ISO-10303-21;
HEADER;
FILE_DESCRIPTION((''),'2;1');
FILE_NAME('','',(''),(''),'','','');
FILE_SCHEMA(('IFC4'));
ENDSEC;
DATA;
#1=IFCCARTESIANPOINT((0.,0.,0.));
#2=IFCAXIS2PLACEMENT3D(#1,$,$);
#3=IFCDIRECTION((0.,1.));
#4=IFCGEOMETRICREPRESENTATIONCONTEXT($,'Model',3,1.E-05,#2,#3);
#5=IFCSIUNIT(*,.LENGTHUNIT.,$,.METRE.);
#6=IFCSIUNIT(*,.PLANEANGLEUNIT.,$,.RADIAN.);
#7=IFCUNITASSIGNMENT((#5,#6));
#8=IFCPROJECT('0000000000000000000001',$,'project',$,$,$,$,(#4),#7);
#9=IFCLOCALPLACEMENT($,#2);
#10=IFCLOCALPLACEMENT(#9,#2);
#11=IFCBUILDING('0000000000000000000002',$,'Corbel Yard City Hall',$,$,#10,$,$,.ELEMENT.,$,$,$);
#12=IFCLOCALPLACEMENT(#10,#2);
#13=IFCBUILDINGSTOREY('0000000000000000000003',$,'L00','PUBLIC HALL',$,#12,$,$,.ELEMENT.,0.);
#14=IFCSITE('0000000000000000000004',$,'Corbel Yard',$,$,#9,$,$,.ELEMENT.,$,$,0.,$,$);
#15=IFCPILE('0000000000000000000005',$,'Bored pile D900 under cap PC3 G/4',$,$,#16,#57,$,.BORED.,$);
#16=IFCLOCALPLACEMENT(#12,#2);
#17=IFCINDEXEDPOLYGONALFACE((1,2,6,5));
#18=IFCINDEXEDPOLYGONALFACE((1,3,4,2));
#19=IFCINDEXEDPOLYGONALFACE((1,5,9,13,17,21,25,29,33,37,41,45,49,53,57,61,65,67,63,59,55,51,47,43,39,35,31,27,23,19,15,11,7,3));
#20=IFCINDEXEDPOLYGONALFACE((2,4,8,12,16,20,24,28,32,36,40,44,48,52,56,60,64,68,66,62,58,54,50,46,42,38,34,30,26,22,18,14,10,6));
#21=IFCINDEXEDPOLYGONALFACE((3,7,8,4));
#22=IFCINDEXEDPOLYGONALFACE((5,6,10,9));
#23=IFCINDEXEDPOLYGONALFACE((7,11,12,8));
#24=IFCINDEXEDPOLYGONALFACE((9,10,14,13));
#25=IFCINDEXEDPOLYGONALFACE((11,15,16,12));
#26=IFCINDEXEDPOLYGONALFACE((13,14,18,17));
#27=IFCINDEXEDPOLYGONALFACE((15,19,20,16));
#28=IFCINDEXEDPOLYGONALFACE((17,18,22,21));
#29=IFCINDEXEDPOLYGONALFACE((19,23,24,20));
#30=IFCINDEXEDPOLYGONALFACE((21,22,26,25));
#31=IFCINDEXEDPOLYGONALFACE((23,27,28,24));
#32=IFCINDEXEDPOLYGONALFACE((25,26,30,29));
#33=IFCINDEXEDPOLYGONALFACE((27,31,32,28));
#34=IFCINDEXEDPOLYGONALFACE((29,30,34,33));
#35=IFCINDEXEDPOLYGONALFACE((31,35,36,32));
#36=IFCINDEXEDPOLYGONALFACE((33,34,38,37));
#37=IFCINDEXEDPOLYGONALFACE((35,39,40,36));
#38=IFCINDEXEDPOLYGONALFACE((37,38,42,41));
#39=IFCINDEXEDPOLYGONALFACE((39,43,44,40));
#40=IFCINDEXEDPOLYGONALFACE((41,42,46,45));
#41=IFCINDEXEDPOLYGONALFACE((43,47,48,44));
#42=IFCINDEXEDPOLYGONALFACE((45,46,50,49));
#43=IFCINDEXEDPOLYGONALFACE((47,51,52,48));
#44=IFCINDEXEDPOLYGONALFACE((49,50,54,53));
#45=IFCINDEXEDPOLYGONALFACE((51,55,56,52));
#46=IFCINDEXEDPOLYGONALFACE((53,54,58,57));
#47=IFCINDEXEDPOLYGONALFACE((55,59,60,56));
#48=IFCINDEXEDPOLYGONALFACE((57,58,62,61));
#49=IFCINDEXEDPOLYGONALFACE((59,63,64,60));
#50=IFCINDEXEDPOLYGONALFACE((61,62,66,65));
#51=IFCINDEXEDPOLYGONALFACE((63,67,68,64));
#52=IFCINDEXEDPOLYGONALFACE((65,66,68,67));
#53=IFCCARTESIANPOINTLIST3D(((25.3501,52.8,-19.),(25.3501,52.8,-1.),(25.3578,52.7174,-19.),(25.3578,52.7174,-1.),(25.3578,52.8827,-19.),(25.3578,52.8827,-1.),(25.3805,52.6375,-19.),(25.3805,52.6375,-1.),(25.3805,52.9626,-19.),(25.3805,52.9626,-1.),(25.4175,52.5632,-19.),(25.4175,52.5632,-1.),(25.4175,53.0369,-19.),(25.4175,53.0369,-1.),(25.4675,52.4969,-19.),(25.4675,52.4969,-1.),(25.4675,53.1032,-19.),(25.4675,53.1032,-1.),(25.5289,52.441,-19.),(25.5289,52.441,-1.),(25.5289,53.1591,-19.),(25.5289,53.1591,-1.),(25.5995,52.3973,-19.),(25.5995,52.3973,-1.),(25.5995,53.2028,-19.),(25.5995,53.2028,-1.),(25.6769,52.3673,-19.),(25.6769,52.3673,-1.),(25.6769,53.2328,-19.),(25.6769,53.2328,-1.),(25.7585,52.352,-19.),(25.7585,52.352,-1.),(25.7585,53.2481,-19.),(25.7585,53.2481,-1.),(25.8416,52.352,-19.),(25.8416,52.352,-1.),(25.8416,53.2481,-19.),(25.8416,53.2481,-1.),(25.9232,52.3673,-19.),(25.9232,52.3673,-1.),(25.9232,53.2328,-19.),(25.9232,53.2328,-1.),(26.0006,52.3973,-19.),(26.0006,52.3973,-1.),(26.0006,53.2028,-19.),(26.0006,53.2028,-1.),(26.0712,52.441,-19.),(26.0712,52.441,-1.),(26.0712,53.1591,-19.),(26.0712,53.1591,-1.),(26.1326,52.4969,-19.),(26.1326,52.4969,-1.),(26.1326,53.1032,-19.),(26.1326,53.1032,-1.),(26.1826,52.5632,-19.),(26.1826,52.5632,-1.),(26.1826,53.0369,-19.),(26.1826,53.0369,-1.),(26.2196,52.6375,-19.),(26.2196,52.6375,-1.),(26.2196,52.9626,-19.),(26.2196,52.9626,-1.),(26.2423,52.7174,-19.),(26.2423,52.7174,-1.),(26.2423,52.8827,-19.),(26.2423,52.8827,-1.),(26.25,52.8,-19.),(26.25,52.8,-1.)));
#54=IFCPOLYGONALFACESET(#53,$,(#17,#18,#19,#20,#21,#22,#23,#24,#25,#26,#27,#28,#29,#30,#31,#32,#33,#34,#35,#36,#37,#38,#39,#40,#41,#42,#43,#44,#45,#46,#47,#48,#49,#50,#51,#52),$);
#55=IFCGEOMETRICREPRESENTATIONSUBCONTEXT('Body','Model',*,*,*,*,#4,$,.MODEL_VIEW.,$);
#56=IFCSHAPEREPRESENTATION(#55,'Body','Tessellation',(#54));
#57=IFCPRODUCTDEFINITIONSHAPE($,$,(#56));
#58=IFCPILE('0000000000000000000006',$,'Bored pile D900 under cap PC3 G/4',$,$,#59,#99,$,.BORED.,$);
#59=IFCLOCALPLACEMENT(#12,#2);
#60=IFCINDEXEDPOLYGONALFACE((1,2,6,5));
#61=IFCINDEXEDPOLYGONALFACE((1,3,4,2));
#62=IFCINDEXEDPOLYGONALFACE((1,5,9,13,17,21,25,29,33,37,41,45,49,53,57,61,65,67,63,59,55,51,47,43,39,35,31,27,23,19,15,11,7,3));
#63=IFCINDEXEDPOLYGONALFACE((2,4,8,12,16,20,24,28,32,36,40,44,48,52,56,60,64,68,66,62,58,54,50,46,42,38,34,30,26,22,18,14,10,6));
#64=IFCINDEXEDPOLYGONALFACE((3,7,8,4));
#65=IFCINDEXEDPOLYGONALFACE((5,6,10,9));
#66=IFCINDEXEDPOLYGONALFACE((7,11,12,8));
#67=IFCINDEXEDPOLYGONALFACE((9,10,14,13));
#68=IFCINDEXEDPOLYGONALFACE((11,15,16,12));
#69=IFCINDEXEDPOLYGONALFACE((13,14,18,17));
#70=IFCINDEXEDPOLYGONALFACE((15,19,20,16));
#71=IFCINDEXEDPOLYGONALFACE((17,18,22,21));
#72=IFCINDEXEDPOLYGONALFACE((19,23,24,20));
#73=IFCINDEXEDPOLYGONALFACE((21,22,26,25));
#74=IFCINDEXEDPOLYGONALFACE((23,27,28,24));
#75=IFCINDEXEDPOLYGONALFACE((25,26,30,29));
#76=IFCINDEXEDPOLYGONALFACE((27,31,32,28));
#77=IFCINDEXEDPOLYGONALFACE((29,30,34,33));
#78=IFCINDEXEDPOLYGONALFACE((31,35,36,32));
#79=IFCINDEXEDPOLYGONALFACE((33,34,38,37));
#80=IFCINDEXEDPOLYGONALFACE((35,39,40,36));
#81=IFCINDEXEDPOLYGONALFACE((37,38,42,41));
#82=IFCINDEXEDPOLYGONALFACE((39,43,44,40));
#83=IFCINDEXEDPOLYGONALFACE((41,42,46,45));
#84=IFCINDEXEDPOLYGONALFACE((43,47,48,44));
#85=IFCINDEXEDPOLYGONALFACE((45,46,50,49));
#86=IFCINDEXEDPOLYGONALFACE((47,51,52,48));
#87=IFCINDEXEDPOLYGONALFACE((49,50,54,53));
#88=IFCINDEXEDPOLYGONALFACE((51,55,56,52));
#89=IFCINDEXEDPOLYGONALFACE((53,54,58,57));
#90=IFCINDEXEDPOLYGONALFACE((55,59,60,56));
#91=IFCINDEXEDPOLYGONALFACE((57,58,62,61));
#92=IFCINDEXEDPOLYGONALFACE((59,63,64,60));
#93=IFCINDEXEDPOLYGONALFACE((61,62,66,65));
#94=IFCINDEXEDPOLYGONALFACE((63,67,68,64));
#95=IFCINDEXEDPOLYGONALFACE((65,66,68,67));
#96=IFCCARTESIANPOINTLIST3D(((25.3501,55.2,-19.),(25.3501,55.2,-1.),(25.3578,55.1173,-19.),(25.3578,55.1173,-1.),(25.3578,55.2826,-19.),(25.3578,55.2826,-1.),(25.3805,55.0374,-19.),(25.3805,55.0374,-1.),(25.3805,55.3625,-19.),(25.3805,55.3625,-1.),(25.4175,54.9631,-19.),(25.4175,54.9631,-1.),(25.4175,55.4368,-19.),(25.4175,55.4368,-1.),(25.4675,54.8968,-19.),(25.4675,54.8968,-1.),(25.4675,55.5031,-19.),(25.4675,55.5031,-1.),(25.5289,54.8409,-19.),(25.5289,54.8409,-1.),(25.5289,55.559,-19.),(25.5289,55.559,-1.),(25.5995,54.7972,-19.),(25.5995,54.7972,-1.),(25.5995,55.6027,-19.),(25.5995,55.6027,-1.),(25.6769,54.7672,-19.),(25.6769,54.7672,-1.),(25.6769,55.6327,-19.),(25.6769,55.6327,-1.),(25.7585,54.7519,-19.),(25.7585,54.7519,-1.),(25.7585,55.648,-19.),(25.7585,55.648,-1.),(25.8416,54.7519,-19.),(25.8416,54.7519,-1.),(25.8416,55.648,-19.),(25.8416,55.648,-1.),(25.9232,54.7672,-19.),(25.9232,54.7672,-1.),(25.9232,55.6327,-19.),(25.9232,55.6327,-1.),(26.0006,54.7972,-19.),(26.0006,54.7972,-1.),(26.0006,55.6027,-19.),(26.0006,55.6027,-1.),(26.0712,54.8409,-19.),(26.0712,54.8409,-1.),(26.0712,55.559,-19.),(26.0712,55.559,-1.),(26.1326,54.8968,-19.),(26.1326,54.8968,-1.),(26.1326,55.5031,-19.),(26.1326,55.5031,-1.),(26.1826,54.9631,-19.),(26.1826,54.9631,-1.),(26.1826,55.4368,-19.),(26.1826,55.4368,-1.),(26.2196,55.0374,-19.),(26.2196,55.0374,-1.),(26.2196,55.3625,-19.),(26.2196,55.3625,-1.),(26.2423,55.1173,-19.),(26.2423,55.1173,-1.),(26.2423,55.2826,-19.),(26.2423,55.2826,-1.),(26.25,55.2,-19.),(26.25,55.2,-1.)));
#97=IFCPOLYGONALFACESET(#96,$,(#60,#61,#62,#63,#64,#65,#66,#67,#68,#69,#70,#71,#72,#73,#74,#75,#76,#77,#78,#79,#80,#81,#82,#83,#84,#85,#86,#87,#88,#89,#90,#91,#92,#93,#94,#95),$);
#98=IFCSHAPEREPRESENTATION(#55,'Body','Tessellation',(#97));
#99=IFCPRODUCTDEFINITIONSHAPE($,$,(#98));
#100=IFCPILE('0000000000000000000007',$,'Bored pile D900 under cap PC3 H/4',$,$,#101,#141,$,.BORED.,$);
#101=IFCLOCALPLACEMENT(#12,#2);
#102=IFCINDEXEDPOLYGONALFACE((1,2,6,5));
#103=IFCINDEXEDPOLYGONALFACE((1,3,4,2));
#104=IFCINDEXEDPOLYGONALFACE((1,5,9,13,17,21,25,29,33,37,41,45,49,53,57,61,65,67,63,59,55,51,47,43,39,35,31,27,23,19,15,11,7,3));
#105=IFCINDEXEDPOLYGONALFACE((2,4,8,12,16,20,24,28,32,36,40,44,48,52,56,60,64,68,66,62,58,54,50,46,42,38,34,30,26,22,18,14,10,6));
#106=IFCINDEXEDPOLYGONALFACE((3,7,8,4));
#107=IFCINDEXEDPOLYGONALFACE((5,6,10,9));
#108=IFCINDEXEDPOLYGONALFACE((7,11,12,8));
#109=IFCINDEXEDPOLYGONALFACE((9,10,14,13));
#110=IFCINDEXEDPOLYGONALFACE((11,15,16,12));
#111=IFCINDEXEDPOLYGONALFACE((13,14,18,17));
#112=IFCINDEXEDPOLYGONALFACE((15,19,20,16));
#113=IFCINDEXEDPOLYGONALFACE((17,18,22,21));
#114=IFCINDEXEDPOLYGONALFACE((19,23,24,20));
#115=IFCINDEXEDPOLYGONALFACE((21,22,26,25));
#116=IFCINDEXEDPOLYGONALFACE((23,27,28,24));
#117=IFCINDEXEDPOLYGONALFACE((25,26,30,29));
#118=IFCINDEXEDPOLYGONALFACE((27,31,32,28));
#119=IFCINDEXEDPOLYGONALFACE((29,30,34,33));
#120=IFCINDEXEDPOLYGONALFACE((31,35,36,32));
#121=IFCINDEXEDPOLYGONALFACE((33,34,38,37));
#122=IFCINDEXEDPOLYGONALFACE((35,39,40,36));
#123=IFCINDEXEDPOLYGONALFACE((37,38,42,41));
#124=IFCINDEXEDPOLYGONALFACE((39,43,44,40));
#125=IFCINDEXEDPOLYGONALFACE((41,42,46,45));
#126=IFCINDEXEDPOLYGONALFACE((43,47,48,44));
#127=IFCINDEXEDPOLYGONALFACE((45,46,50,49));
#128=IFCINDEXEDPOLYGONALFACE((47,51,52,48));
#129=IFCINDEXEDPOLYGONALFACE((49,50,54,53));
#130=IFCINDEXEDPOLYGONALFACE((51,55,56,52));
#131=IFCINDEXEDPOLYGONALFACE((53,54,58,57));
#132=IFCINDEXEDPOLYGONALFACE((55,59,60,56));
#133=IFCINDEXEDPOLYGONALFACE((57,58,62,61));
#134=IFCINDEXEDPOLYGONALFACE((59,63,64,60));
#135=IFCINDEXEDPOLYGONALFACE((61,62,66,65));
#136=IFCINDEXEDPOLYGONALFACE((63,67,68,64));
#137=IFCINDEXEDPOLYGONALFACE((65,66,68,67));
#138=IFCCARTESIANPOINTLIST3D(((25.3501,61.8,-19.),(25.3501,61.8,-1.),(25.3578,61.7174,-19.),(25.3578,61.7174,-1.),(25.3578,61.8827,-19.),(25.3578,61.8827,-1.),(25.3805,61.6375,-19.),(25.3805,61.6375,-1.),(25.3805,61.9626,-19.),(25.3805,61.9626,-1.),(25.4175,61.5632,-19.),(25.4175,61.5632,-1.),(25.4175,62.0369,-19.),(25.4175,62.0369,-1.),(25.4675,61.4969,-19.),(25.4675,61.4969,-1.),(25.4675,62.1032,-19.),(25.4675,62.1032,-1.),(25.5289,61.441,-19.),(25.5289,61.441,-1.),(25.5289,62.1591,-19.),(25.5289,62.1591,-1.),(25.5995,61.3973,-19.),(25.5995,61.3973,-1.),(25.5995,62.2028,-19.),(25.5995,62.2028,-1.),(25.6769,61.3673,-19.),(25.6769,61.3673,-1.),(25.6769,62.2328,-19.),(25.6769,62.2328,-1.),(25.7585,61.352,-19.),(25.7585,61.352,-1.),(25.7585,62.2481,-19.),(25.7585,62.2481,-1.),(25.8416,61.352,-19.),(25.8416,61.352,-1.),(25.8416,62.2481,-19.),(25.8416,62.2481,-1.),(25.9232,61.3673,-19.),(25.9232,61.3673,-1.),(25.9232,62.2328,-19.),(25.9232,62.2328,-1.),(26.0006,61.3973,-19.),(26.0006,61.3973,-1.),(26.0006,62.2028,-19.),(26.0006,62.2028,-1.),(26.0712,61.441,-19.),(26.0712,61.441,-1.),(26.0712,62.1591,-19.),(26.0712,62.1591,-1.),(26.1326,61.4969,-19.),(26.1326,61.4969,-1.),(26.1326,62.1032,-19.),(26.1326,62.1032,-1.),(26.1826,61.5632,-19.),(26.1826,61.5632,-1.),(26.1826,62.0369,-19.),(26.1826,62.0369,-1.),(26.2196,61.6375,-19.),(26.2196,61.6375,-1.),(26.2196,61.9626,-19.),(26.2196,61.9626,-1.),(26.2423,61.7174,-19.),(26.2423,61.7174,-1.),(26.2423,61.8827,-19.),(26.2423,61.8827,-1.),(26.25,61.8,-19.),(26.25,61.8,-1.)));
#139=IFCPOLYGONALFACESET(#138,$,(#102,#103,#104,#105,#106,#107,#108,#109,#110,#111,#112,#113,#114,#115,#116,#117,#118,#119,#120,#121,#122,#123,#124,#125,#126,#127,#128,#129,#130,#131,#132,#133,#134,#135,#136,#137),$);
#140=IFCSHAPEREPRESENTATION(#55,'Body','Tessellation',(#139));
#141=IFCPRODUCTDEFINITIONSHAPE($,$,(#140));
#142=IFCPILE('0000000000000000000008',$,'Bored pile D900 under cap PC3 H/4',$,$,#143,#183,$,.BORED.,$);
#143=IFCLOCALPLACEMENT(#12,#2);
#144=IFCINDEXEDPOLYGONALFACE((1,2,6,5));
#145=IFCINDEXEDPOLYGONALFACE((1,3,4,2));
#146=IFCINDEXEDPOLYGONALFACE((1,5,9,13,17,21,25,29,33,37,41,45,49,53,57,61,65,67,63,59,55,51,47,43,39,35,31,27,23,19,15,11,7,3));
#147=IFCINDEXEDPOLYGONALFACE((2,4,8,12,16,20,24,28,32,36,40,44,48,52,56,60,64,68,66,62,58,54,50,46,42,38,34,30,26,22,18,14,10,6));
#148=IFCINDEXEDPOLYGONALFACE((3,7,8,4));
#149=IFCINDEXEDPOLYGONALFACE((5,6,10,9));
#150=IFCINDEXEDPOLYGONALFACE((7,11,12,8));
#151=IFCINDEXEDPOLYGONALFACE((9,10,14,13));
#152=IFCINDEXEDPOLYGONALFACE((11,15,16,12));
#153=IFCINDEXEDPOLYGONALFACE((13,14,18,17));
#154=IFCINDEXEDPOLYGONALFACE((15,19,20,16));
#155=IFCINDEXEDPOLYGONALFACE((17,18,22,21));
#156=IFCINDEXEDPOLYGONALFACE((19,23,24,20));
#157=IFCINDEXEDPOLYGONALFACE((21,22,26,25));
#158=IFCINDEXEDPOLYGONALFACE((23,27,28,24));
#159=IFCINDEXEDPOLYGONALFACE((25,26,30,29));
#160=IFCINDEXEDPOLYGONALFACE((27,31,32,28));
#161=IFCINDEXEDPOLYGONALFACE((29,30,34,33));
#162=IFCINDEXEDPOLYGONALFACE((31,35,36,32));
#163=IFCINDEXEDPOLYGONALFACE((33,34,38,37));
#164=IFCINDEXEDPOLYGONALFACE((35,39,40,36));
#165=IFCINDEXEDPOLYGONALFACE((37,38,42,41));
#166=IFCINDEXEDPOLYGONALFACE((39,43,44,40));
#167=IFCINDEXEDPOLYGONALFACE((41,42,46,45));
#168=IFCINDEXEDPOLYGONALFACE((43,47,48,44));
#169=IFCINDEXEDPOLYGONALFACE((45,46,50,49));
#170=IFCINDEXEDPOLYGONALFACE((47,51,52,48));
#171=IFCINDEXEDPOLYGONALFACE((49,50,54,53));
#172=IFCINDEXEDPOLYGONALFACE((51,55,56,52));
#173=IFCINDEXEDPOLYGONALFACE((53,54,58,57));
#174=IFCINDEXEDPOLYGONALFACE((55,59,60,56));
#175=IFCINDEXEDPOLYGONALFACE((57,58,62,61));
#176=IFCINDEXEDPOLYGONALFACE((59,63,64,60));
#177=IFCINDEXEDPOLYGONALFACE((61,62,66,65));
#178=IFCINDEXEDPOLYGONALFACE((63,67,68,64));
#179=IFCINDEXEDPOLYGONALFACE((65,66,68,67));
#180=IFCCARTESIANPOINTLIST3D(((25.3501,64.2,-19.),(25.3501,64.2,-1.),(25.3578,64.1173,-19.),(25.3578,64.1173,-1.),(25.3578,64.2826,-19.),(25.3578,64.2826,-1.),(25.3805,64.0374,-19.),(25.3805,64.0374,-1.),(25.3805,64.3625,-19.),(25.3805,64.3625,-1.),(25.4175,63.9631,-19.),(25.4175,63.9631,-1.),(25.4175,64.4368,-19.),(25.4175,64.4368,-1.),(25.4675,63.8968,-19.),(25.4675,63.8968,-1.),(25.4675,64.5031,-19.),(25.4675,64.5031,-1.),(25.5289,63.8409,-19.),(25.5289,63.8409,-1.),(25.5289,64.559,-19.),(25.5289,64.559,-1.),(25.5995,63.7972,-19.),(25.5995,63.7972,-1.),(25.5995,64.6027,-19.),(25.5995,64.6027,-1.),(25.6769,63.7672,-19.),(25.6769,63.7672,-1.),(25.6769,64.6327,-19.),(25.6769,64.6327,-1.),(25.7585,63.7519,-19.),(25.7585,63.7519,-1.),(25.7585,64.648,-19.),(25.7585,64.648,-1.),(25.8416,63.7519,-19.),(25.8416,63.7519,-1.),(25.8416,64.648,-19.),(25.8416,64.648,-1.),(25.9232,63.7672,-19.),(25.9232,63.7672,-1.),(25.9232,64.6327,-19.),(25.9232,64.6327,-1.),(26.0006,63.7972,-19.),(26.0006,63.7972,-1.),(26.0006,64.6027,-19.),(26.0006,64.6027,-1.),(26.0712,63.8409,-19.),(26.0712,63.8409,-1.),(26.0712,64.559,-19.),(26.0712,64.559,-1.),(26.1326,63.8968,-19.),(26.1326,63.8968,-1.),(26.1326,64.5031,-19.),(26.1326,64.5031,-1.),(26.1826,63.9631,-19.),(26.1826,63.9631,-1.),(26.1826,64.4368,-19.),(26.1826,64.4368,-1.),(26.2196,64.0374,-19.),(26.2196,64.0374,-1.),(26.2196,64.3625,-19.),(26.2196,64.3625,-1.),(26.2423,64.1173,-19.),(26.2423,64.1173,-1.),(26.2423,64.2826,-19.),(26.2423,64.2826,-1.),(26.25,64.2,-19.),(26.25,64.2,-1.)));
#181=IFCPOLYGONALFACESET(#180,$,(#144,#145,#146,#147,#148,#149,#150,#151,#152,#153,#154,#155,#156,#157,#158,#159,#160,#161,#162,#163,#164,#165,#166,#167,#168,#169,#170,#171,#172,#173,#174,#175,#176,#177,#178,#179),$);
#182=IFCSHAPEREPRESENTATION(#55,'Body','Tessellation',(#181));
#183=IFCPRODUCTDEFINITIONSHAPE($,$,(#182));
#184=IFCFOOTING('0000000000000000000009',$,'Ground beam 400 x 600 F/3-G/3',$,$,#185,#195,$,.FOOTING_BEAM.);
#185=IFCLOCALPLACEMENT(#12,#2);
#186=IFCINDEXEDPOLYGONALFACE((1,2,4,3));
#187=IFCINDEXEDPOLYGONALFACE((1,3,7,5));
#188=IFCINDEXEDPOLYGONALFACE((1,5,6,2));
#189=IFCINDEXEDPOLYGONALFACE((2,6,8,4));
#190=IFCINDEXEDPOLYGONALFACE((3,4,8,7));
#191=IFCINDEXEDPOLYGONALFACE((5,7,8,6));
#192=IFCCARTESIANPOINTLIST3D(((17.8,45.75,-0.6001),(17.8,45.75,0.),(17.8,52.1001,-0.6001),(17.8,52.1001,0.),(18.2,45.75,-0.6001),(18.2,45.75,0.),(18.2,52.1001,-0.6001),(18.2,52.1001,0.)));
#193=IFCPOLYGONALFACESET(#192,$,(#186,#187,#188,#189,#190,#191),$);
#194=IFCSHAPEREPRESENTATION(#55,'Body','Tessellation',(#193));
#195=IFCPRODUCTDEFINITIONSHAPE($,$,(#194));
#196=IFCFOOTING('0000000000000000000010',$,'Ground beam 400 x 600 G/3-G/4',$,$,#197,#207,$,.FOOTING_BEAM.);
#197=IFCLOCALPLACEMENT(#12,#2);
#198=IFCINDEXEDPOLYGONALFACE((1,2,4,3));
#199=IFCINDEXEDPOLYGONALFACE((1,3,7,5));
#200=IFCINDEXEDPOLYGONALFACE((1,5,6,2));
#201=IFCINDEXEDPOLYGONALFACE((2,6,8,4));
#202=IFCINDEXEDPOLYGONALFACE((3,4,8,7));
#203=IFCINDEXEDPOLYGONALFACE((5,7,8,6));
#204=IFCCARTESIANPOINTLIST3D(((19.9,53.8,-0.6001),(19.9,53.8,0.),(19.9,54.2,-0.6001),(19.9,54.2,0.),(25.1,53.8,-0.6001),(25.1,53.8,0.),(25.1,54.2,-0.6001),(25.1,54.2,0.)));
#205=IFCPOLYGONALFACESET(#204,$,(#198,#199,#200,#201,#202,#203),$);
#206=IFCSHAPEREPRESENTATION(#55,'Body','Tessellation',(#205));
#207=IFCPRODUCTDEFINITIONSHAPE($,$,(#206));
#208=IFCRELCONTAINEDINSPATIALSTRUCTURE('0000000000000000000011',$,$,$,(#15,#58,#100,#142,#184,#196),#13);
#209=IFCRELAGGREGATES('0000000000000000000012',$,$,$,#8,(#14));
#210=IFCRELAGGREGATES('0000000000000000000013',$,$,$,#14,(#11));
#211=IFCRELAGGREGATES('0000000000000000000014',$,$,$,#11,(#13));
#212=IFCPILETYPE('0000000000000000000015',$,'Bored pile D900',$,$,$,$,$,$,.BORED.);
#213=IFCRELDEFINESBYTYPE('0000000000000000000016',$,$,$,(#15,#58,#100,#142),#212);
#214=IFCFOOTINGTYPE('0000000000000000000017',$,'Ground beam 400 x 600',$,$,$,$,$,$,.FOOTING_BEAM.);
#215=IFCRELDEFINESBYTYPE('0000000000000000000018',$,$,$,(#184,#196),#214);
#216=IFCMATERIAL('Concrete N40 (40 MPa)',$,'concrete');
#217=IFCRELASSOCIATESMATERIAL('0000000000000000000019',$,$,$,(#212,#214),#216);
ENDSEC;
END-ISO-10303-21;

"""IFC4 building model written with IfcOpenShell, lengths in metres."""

from ifc_helpers import new_model, si_unit, direction, frame, origin, origin_2d, place, context, subcontext, project, spatial, rectangle, circle, extrude, material, material_profile, profile_set, type_object, element, save


model = new_model("IFC4")

# Units and contexts
model_context = context("Model", 3, precision=1e-05, world=origin(), true_north=direction((0.0, 1.0)))
body_context = subcontext(model_context, "Body", "Model", "MODEL_VIEW")
ifc_project = project(units=[si_unit("LENGTHUNIT", "METRE"), si_unit("PLANEANGLEUNIT", "RADIAN")], contexts=[model_context])

# Site, building, storey
site_placement = place(None, origin())
site = spatial("IfcSite", under=ifc_project, at=site_placement, Name="Corbel Yard", CompositionType="ELEMENT", RefElevation=0.0)
building_placement = place(site_placement, origin())
building = spatial("IfcBuilding", under=site, at=building_placement, Name="Corbel Yard City Hall", CompositionType="ELEMENT")
storey_placement = place(building_placement, origin())
storey = spatial("IfcBuildingStorey", under=building, at=storey_placement, Name="L00", Description="PUBLIC HALL", CompositionType="ELEMENT", Elevation=0.0)

# Piles
ifc_material_1 = material(Name="Concrete N40 (40 MPa)", Category="concrete")
ifc_material_profile_1 = material_profile(ifc_material_1, circle(Radius=0.45, at=origin_2d()), Name="D900")
ifc_profile_set_1 = profile_set([ifc_material_profile_1], Name="Concrete N40 (40 MPa)")
pile_type = type_object("IfcPileType", Name="Bored pile D900", PredefinedType="BORED", material=ifc_profile_set_1)
for number, where, z_axis, x_axis, name in (
    (1, (25.8, 52.8, -1.0), (0.0, 0.0, -1.0), (1.0, 0.0, 0.0), "Bored pile D900 under cap PC3 G/4"),
    (2, (25.8, 55.2, -1.0), (0.0, 0.0, -1.0), (1.0, 0.0, 0.0), "Bored pile D900 under cap PC3 G/4"),
    (3, (25.8, 61.8, -1.0), (0.0, 0.0, -1.0), (1.0, 0.0, 0.0), "Bored pile D900 under cap PC3 H/4"),
    (4, (25.8, 64.2, -1.0), (0.0, 0.0, -1.0), (1.0, 0.0, 0.0), "Bored pile D900 under cap PC3 H/4"),
):
    element("IfcPile", number, at=place(storey_placement, frame(where, z_axis=z_axis, x_axis=x_axis)), inside=storey, type_object=pile_type, Name=name, PredefinedType="BORED", context=body_context, shape_type="SweptSolid", body=[
        extrude(circle(Radius=0.45, at=origin_2d()), origin(), (0.0, 0.0, 1.0), 18.0),
    ])

# Footings
footing_type_1 = type_object("IfcFootingType", Name="Ground beam 400 x 600", PredefinedType="FOOTING_BEAM", material=ifc_material_1)
footing_1_placement = place(storey_placement, frame((18.0, 48.925, -0.6001), z_axis=(0.0, 0.0, 1.0), x_axis=(1.0, 0.0, 0.0)))
element("IfcFooting", 5, at=footing_1_placement, inside=storey, type_object=footing_type_1, Name="Ground beam 400 x 600 F/3-G/3", PredefinedType="FOOTING_BEAM", context=body_context, shape_type="SweptSolid", body=[
    extrude(rectangle(XDim=0.3999, YDim=6.3501, at=origin_2d()), origin(), (0.0, 0.0, 1.0), 0.6001),
])
footing_2_placement = place(storey_placement, frame((22.5, 54.0, -0.6001), z_axis=(0.0, 0.0, 1.0), x_axis=(1.0, 0.0, 0.0)))
element("IfcFooting", 6, at=footing_2_placement, inside=storey, type_object=footing_type_1, Name="Ground beam 400 x 600 G/3-G/4", PredefinedType="FOOTING_BEAM", context=body_context, shape_type="SweptSolid", body=[
    extrude(rectangle(XDim=5.2, YDim=0.3999, at=origin_2d()), origin(), (0.0, 0.0, 1.0), 0.6001),
])

save(model, "model.ifc")
